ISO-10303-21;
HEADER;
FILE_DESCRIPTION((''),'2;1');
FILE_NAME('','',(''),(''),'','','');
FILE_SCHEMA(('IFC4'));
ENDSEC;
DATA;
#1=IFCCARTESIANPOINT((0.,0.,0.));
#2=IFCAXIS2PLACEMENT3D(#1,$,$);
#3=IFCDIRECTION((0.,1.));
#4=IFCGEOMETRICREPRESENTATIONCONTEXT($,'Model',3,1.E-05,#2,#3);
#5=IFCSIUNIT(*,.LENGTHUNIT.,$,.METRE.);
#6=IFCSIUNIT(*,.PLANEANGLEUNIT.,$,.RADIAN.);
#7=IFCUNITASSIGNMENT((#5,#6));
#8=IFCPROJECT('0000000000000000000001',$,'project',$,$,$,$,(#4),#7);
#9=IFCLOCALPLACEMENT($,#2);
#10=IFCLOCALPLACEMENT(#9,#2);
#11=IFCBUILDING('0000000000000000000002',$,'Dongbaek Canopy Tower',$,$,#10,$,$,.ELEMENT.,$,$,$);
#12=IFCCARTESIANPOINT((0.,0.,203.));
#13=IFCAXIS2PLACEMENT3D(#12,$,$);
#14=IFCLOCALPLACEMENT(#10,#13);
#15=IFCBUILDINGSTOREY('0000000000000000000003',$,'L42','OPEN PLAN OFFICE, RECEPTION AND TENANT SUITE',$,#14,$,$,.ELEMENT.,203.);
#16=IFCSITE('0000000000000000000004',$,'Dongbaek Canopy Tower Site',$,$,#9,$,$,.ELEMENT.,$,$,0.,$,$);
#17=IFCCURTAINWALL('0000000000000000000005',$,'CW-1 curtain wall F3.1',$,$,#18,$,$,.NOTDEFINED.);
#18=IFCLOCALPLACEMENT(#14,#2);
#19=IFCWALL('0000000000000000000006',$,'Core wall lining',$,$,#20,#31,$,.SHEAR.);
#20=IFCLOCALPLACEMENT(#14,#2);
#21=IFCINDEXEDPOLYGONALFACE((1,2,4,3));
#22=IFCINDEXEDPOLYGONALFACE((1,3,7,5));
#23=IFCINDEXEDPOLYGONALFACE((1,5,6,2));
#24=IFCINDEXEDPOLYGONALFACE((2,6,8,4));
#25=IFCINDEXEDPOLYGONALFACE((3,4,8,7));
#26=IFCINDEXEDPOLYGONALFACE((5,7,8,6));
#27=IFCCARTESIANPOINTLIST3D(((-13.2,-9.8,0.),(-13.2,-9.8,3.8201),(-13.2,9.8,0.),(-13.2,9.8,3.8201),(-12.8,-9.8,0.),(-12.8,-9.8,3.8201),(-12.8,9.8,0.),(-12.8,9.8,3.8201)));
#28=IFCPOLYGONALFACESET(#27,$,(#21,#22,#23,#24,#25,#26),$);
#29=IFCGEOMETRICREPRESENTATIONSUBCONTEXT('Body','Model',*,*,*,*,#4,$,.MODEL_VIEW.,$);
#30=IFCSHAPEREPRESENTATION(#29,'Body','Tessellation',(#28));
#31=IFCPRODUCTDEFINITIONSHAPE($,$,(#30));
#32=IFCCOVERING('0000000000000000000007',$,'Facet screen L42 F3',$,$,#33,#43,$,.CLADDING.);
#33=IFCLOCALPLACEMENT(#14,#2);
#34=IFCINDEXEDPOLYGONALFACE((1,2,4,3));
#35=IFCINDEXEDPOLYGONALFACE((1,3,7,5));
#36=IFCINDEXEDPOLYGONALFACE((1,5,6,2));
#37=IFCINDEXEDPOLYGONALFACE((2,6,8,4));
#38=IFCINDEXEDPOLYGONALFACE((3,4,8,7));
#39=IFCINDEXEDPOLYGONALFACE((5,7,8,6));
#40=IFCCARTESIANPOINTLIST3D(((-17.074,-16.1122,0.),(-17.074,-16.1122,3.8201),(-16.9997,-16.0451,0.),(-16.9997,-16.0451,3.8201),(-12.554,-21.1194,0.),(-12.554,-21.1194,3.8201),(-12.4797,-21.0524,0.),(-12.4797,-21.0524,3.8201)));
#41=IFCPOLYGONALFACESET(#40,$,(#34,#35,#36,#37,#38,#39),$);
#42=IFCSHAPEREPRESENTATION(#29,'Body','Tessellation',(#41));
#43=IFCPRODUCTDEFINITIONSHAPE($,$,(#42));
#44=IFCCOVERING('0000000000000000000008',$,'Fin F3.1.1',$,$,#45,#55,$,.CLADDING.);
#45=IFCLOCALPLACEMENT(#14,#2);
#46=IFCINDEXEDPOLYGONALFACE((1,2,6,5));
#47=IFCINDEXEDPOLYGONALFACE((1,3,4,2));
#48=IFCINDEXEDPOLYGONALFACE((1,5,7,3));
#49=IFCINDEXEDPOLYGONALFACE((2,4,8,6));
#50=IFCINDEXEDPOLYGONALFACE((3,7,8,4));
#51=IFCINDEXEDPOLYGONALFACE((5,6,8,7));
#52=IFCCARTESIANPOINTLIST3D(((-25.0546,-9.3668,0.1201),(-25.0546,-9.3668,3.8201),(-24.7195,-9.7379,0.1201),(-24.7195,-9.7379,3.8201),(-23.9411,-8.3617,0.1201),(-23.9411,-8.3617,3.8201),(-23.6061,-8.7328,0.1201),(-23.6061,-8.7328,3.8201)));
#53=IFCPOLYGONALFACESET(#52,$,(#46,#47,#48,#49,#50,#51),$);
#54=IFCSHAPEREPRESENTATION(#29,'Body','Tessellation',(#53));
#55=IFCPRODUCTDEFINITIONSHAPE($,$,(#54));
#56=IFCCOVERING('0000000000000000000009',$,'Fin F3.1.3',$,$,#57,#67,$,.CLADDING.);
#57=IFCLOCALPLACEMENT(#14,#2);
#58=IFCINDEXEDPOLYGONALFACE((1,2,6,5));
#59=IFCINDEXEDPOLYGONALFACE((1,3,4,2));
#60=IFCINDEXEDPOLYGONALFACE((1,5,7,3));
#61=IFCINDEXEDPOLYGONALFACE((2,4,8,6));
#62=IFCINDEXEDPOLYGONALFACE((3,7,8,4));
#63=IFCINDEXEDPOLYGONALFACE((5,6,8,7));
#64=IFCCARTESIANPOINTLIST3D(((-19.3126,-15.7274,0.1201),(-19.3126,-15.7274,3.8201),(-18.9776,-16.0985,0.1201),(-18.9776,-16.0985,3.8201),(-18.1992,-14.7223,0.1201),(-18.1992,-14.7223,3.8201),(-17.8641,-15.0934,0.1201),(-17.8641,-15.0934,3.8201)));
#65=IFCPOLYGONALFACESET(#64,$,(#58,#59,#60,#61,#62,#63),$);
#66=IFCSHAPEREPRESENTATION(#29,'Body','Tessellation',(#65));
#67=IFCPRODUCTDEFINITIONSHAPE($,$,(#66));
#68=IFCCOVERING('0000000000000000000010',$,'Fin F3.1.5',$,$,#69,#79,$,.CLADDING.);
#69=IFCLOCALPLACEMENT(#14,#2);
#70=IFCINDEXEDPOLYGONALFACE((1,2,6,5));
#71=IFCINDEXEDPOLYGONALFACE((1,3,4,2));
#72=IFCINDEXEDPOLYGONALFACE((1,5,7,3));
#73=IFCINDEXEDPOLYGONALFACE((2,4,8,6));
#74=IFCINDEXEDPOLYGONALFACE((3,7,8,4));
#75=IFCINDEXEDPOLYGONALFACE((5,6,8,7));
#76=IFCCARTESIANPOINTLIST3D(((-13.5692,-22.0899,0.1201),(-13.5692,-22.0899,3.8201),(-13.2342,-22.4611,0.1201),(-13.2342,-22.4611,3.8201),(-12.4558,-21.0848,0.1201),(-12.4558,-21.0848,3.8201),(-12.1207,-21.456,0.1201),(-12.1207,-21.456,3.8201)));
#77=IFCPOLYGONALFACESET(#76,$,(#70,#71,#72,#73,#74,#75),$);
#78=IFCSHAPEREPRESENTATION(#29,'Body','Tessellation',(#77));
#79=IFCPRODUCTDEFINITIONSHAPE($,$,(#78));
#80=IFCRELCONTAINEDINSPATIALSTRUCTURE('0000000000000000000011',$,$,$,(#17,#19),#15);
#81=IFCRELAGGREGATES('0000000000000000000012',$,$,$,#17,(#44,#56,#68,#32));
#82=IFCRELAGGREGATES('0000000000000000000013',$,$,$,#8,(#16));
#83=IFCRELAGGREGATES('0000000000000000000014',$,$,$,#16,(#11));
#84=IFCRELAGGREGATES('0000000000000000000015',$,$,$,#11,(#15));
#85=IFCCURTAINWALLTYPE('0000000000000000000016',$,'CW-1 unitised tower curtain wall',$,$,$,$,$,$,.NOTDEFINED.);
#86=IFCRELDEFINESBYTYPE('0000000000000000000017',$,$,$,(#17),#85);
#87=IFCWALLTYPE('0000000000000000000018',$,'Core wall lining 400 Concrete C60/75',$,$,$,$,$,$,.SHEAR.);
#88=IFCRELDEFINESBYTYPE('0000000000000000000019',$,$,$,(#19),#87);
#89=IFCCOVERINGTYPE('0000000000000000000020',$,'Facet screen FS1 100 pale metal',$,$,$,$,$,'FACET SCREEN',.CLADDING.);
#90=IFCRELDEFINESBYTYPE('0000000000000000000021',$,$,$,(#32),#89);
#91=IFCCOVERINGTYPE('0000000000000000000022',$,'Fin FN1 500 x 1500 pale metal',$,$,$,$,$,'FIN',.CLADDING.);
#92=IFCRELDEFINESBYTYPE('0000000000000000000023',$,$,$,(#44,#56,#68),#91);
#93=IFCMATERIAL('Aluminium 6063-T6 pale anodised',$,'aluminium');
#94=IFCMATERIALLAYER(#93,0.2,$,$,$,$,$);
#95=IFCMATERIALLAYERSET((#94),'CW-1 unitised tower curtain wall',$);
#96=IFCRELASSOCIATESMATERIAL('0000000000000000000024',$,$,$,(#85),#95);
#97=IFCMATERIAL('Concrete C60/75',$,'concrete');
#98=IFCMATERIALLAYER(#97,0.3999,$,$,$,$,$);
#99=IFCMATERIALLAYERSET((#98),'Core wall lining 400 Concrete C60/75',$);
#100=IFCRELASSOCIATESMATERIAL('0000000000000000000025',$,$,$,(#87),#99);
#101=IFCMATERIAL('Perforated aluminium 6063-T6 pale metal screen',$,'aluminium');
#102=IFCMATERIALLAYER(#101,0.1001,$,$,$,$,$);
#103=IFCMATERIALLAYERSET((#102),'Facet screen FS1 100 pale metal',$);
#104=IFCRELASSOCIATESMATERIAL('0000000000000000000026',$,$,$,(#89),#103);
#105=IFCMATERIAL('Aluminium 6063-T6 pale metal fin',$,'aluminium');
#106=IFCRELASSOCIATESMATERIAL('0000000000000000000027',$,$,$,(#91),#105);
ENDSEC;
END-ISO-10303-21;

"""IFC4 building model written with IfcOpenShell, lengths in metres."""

from ifc_helpers import new_model, si_unit, direction, frame, frame_2d, origin, origin_2d, place, context, subcontext, project, spatial, rectangle, extrude, material, layer, layer_set, material_profile, profile_set, type_object, element, aggregate, save


model = new_model("IFC4")

# Units and contexts
model_context = context("Model", 3, precision=1e-05, world=origin(), true_north=direction((0.0, 1.0)))
body_context = subcontext(model_context, "Body", "Model", "MODEL_VIEW")
ifc_project = project(units=[si_unit("LENGTHUNIT", "METRE"), si_unit("PLANEANGLEUNIT", "RADIAN")], contexts=[model_context])

# Site, building, storey
site_placement = place(None, origin())
site = spatial("IfcSite", under=ifc_project, at=site_placement, Name="Dongbaek Canopy Tower Site", CompositionType="ELEMENT", RefElevation=0.0)
building_placement = place(site_placement, origin())
building = spatial("IfcBuilding", under=site, at=building_placement, Name="Dongbaek Canopy Tower", CompositionType="ELEMENT")
storey_placement = place(building_placement, frame((0.0, 0.0, 203.0)))
storey = spatial("IfcBuildingStorey", under=building, at=storey_placement, Name="L42", Description="OPEN PLAN OFFICE, RECEPTION AND TENANT SUITE", CompositionType="ELEMENT", Elevation=203.0)

# Curtain wall
ifc_material_1 = material(Name="Aluminium 6063-T6 pale anodised", Category="aluminium")
ifc_layer_1 = layer(ifc_material_1, 0.2)
ifc_layer_set_1 = layer_set([ifc_layer_1], Name="CW-1 unitised tower curtain wall")
curtain_wall_type = type_object("IfcCurtainWallType", Name="CW-1 unitised tower curtain wall", PredefinedType="NOTDEFINED", material=ifc_layer_set_1)
curtain_wall_1_placement = place(storey_placement, origin())
curtain_wall_1 = element("IfcCurtainWall", 1, at=curtain_wall_1_placement, inside=storey, type_object=curtain_wall_type, Name="CW-1 curtain wall F3.1", PredefinedType="NOTDEFINED")

# Wall
ifc_material_2 = material(Name="Concrete C60/75", Category="concrete")
ifc_layer_2 = layer(ifc_material_2, 0.3999)
ifc_layer_set_2 = layer_set([ifc_layer_2], Name="Core wall lining 400 Concrete C60/75")
wall_type_1 = type_object("IfcWallType", Name="Core wall lining 400 Concrete C60/75", PredefinedType="SHEAR", material=ifc_layer_set_2)
wall_1_placement = place(storey_placement, frame((-13.0, -9.8, 0.0), z_axis=(0.0, 0.0, 1.0), x_axis=(0.0, 1.0, 0.0)))
element("IfcWall", 2, at=wall_1_placement, inside=storey, type_object=wall_type_1, Name="Core wall lining", PredefinedType="SHEAR", context=body_context, shape_type="SweptSolid", body=[
    extrude(rectangle(XDim=19.6001, YDim=0.3999, at=frame_2d((9.8, 0.0))), origin(), (0.0, 0.0, 1.0), 3.8201),
])

# Coverings
ifc_material_3 = material(Name="Perforated aluminium 6063-T6 pale metal screen", Category="aluminium")
ifc_layer_3 = layer(ifc_material_3, 0.1001)
ifc_layer_set_3 = layer_set([ifc_layer_3], Name="Facet screen FS1 100 pale metal")
covering_type_1 = type_object("IfcCoveringType", Name="Facet screen FS1 100 pale metal", ElementType="FACET SCREEN", PredefinedType="CLADDING", material=ifc_layer_set_3)
covering_1_placement = place(storey_placement, frame((-14.7769, -18.5823, 0.0), z_axis=(0.0, 0.0, 1.0), x_axis=(0.670068, -0.7423, 0.0)))
covering_1 = element("IfcCovering", 3, at=covering_1_placement, type_object=covering_type_1, Name="Facet screen L42 F3", PredefinedType="CLADDING", context=body_context, shape_type="SweptSolid", body=[
    extrude(rectangle(XDim=6.7456, YDim=0.1001, at=origin_2d()), origin(), (0.0, 0.0, 1.0), 3.8201),
])
ifc_material_4 = material(Name="Aluminium 6063-T6 pale metal fin", Category="aluminium")
ifc_material_profile_1 = material_profile(ifc_material_4, rectangle(XDim=1.5, YDim=0.5, at=origin_2d()), Name="Fin FN1 500 x 1500 pale metal")
ifc_profile_set_1 = profile_set([ifc_material_profile_1], Name="Aluminium 6063-T6 pale metal fin")
covering_type_2 = type_object("IfcCoveringType", Name="Fin FN1 500 x 1500 pale metal", ElementType="FIN", PredefinedType="CLADDING", material=ifc_profile_set_1)
covering_2_placement = place(storey_placement, frame((-24.3303, -9.0498, 0.1201), z_axis=(0.0, 0.0, 1.0), x_axis=(-0.7423, -0.670068, 0.0)))
covering_2 = element("IfcCovering", 4, at=covering_2_placement, type_object=covering_type_2, Name="Fin F3.1.1", PredefinedType="CLADDING", context=body_context, shape_type="SweptSolid", body=[
    extrude(rectangle(XDim=1.5, YDim=0.5, at=origin_2d()), origin(), (0.0, 0.0, 1.0), 3.7),
])
covering_3_placement = place(storey_placement, frame((-18.5884, -15.4104, 0.1201), z_axis=(0.0, 0.0, 1.0), x_axis=(-0.7423, -0.670068, 0.0)))
covering_3 = element("IfcCovering", 5, at=covering_3_placement, type_object=covering_type_2, Name="Fin F3.1.3", PredefinedType="CLADDING", context=body_context, shape_type="SweptSolid", body=[
    extrude(rectangle(XDim=1.5, YDim=0.5, at=origin_2d()), origin(), (0.0, 0.0, 1.0), 3.7),
])
covering_4_placement = place(storey_placement, frame((-12.845, -21.7729, 0.1201), z_axis=(0.0, 0.0, 1.0), x_axis=(-0.7423, -0.670068, 0.0)))
covering_4 = element("IfcCovering", 6, at=covering_4_placement, type_object=covering_type_2, Name="Fin F3.1.5", PredefinedType="CLADDING", context=body_context, shape_type="SweptSolid", body=[
    extrude(rectangle(XDim=1.5, YDim=0.5, at=origin_2d()), origin(), (0.0, 0.0, 1.0), 3.7),
])
aggregate(curtain_wall_1, [covering_2, covering_3, covering_4, covering_1])

save(model, "model.ifc")
